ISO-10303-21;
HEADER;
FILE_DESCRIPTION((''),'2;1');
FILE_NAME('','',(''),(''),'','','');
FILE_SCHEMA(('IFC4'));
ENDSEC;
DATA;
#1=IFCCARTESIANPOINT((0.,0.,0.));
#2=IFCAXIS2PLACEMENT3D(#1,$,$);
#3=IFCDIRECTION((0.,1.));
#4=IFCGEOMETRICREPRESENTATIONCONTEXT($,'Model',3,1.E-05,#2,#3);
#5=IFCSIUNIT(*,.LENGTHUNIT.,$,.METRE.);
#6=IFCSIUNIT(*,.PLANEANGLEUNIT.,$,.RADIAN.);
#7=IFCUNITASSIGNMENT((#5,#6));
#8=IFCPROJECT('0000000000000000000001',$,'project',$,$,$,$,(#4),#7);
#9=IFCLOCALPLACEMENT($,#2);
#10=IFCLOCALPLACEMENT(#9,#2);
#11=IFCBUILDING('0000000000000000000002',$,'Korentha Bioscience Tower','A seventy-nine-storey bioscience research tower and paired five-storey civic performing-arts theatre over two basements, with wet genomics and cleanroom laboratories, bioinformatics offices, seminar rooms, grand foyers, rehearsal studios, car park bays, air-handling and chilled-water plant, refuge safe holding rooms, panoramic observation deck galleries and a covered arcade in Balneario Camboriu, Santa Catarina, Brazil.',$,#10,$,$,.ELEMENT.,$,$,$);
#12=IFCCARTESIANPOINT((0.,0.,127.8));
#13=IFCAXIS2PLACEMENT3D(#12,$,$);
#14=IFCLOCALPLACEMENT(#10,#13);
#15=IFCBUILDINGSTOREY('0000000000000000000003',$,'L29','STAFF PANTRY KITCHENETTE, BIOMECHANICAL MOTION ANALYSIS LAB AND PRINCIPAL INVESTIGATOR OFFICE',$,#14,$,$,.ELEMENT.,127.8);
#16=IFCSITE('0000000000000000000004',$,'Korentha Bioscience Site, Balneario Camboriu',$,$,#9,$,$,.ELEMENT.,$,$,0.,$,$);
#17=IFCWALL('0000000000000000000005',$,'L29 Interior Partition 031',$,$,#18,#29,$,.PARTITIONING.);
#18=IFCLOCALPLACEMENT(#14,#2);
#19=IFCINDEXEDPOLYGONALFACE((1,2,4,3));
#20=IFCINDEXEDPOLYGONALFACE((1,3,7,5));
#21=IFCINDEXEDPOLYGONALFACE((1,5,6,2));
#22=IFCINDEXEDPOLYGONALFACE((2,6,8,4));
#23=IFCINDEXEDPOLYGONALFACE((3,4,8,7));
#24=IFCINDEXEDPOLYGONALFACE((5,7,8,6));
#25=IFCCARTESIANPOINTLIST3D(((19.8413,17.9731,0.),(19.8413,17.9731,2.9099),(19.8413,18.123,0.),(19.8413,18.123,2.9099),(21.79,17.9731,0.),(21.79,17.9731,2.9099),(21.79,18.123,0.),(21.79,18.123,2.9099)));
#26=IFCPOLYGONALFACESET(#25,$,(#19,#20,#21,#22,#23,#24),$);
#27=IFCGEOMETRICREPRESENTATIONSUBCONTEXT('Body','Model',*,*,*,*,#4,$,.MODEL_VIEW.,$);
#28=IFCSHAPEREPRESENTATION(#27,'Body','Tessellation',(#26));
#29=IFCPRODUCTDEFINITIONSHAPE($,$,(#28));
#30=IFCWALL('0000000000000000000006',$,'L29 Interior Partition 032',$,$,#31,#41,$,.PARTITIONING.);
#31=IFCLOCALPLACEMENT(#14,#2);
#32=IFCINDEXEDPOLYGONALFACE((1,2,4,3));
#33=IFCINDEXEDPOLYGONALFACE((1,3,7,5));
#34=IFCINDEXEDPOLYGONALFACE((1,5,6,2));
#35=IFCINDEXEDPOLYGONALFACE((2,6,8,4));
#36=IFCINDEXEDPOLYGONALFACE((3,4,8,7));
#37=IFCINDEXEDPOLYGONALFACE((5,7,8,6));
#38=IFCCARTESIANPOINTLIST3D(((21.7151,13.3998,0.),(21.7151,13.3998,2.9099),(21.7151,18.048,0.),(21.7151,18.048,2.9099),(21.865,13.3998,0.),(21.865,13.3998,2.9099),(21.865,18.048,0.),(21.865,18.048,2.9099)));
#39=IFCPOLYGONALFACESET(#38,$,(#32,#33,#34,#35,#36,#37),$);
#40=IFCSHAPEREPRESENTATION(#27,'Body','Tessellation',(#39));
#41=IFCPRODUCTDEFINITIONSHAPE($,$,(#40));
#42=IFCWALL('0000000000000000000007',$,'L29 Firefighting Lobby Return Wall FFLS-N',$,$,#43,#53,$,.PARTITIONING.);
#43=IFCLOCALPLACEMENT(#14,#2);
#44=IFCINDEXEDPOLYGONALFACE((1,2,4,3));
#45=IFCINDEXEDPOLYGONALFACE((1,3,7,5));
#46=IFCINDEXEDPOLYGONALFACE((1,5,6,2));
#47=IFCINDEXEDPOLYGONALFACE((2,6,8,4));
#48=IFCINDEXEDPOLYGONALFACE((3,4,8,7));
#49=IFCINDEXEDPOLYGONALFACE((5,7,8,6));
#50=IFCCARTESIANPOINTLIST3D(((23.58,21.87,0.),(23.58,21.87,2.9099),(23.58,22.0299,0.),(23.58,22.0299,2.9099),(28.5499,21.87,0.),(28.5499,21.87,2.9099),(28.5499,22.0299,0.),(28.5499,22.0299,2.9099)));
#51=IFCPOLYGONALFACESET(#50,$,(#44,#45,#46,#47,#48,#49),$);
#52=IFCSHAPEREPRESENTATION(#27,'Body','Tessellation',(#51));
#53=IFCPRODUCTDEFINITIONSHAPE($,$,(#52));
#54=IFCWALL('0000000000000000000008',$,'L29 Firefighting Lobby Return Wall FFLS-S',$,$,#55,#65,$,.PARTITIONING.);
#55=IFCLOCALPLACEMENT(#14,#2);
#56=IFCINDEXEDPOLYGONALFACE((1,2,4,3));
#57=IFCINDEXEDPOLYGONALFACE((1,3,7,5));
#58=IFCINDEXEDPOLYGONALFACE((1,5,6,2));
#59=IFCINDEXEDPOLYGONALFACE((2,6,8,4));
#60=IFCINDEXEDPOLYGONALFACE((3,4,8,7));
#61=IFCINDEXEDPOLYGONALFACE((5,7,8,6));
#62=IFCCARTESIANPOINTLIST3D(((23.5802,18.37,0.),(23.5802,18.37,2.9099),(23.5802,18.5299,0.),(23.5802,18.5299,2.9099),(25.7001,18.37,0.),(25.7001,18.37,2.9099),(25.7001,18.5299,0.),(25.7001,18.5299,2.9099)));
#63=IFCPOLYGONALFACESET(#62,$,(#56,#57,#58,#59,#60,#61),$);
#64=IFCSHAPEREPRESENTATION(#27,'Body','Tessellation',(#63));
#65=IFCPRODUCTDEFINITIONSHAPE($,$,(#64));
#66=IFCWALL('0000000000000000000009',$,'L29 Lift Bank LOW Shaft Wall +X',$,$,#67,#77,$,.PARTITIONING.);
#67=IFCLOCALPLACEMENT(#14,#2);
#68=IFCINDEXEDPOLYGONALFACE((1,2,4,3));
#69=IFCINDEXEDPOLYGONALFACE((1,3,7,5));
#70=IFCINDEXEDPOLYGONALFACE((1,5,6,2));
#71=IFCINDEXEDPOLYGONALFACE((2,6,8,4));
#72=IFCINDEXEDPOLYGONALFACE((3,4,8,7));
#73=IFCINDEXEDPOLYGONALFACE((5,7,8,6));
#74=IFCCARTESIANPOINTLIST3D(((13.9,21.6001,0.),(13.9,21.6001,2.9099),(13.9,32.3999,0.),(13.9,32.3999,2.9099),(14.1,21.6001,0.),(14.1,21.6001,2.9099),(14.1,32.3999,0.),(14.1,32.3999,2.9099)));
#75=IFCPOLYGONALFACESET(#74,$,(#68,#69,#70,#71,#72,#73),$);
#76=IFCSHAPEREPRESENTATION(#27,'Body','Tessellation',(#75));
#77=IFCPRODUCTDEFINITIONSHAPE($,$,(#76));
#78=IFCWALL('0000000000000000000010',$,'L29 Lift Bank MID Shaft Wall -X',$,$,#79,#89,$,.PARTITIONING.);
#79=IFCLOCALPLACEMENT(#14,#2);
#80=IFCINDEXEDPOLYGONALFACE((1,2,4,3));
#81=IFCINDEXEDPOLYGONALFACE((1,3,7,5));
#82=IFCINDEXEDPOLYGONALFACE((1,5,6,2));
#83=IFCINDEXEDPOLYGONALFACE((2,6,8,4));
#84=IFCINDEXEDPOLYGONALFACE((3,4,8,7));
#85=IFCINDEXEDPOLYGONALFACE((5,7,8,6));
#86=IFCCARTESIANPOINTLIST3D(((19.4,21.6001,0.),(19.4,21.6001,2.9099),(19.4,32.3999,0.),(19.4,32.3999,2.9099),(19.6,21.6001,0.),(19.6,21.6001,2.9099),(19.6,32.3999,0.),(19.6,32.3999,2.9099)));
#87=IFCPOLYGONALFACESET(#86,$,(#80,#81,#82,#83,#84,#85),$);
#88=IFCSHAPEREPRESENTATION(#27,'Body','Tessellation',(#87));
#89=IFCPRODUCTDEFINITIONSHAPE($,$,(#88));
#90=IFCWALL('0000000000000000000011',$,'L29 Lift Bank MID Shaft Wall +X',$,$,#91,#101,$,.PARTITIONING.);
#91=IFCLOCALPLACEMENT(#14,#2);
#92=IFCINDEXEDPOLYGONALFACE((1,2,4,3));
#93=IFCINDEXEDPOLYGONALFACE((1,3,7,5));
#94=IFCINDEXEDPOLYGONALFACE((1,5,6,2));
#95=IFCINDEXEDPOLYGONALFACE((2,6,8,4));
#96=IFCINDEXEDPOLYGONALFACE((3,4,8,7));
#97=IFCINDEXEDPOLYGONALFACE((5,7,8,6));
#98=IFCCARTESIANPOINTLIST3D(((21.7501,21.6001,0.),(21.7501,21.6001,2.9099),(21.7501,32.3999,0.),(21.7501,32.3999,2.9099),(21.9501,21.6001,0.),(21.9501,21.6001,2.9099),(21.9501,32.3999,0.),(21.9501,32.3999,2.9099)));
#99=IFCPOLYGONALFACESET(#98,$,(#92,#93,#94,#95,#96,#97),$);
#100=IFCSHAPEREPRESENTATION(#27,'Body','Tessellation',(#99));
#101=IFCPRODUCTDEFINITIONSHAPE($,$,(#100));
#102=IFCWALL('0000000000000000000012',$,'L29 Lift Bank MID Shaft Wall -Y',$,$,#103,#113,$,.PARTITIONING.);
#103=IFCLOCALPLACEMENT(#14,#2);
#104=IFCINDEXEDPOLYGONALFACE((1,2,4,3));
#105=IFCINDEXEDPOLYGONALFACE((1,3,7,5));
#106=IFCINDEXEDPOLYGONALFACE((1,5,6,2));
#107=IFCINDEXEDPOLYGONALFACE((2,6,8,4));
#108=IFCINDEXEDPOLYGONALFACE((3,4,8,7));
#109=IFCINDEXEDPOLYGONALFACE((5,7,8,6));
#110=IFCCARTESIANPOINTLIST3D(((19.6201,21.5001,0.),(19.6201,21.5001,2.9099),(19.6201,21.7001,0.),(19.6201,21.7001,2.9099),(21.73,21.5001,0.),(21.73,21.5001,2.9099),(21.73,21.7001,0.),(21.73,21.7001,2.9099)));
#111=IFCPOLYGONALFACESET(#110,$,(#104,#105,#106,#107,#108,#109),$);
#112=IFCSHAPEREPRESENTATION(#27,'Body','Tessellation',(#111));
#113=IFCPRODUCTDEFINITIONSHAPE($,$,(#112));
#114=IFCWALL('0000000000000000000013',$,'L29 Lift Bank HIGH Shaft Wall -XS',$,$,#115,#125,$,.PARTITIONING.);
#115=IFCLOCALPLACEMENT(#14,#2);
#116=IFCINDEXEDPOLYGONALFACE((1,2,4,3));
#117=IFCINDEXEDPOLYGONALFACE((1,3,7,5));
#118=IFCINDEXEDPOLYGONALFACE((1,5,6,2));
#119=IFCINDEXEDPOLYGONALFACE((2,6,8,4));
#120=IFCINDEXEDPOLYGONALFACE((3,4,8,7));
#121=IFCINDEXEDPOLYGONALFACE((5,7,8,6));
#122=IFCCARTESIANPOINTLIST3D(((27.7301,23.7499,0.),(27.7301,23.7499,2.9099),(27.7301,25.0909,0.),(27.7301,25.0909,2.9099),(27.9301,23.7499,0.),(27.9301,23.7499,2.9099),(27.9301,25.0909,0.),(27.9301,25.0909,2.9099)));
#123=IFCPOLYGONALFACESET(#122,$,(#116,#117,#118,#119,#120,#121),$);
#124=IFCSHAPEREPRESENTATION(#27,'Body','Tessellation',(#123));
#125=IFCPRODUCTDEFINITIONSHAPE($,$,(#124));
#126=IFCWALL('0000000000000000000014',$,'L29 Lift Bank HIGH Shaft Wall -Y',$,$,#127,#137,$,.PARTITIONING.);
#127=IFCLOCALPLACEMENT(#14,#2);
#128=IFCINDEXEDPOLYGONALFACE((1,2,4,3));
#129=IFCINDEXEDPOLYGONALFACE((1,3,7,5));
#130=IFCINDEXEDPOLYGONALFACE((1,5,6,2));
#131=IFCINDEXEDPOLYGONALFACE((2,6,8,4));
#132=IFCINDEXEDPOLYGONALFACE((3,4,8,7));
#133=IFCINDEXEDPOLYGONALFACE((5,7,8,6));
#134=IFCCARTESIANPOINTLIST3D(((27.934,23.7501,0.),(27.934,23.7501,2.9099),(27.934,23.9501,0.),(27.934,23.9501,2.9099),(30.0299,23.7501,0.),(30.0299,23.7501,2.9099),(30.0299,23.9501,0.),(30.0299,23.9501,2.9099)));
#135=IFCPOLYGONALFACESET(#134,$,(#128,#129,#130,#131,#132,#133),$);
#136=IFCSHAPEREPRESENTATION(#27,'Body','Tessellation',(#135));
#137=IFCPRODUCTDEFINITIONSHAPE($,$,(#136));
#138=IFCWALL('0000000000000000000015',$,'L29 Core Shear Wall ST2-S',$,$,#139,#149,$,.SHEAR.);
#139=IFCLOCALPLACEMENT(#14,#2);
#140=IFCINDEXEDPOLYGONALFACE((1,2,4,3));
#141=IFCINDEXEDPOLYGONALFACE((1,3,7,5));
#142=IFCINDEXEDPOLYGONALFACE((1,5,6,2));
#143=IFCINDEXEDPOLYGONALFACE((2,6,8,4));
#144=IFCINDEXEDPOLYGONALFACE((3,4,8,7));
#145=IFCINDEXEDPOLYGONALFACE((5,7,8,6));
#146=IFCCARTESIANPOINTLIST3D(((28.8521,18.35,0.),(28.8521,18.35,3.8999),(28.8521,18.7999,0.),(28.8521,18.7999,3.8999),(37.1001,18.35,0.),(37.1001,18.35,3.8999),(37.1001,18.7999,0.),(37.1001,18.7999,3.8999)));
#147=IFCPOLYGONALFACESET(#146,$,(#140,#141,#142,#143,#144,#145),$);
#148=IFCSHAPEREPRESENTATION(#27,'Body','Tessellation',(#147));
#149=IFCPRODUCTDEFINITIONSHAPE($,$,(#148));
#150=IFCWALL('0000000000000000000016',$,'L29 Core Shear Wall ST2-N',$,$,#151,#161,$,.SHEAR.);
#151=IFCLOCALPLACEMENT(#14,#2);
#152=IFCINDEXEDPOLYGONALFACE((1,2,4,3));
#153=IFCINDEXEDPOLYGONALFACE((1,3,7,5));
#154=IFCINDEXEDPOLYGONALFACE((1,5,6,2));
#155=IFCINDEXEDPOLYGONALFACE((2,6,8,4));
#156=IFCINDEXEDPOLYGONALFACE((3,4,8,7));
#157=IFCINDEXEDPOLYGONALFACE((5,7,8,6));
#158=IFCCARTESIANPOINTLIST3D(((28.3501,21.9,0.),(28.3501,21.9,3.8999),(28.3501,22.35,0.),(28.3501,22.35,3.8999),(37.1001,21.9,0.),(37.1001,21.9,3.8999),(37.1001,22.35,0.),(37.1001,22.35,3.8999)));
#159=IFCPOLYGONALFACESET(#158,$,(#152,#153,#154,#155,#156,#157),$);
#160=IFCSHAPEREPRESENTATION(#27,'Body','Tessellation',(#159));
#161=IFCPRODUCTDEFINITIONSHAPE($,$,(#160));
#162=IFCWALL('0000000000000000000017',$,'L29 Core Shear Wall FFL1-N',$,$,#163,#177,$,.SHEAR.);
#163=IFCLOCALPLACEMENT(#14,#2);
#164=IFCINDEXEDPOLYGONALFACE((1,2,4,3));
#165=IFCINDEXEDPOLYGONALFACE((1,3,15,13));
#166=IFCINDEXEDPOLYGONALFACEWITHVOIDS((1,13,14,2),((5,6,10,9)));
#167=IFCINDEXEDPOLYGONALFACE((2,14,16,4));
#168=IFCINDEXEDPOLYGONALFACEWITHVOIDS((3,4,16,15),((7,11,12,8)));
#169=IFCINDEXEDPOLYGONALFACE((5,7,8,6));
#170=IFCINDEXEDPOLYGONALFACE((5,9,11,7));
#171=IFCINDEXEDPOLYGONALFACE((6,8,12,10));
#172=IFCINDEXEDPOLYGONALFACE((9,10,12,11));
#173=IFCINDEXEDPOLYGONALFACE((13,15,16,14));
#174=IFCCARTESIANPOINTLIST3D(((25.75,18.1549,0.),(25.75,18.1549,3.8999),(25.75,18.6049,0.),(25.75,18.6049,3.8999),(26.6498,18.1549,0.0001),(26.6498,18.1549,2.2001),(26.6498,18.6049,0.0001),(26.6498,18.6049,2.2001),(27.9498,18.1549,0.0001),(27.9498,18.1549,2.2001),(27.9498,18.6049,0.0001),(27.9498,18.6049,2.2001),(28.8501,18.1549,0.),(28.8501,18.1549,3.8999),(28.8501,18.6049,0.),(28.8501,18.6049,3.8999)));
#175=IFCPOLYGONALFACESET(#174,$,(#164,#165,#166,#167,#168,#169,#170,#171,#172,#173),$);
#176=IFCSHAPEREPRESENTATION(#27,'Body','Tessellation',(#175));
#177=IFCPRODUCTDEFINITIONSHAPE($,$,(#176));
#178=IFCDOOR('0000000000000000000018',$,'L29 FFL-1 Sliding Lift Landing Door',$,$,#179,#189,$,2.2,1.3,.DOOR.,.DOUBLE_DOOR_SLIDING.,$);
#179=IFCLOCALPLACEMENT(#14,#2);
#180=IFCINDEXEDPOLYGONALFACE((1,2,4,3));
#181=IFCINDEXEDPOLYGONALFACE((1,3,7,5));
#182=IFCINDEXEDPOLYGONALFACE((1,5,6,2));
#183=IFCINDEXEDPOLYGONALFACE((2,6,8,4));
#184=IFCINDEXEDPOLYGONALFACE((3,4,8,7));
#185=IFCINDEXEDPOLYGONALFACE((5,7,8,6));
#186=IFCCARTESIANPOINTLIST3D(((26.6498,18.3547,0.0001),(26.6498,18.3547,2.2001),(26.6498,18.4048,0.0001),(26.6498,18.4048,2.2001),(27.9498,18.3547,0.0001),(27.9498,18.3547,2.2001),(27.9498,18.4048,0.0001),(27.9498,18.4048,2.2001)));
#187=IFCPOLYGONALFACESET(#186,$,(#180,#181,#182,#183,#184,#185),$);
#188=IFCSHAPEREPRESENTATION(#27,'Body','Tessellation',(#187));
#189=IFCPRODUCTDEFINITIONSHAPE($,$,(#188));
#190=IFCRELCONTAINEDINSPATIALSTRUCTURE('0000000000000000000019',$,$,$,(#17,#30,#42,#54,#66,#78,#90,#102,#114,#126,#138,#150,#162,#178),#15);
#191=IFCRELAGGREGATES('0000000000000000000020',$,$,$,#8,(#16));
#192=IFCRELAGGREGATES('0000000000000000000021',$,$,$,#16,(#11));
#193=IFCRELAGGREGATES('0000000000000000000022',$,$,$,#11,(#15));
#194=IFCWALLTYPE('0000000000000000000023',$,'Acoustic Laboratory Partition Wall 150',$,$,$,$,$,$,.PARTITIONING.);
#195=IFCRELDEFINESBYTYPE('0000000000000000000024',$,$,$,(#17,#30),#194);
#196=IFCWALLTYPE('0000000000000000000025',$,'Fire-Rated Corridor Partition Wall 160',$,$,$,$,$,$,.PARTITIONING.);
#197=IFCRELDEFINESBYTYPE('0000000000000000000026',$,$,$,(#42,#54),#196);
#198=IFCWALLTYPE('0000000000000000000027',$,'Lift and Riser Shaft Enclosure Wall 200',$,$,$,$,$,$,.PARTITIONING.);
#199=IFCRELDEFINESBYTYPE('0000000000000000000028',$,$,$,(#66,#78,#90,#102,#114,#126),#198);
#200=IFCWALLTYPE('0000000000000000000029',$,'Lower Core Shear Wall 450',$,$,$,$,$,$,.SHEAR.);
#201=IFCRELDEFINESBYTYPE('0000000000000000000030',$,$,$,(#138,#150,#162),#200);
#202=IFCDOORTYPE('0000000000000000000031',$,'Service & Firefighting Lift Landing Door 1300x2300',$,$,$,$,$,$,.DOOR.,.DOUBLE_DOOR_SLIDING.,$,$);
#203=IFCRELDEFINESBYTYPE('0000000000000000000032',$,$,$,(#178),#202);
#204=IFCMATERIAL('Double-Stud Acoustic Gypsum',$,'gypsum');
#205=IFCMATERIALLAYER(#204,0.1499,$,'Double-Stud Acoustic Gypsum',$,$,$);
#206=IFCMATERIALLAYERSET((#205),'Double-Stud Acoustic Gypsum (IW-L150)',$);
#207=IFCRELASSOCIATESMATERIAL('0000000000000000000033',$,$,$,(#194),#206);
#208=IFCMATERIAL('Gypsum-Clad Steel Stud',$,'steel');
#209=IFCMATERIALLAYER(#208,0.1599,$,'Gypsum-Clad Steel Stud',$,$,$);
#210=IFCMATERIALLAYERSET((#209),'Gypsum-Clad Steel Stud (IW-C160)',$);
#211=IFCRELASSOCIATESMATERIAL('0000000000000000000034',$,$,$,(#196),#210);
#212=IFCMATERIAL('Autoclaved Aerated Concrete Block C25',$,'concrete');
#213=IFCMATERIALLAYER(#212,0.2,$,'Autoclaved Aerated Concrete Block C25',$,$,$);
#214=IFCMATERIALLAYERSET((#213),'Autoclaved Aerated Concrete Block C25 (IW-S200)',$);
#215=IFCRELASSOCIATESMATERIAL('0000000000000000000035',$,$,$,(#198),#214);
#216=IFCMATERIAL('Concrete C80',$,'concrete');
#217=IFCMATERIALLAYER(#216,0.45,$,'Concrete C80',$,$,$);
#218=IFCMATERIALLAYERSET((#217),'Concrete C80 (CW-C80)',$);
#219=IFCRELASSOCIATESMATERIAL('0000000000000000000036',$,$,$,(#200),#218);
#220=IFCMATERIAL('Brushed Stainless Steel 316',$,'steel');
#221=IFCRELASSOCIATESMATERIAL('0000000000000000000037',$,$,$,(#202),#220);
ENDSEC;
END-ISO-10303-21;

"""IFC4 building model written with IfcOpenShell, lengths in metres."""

from ifc_helpers import new_model, si_unit, direction, frame, frame_2d, origin, place, context, subcontext, project, spatial, rectangle, extrude, material, layer, layer_set, type_object, element, fill, save


model = new_model("IFC4")

# Units and contexts
model_context = context("Model", 3, precision=1e-05, world=origin(), true_north=direction((0.0, 1.0)))
body_context = subcontext(model_context, "Body", "Model", "MODEL_VIEW")
ifc_project = project(units=[si_unit("LENGTHUNIT", "METRE"), si_unit("PLANEANGLEUNIT", "RADIAN")], contexts=[model_context])

# Site, building, storey
site_placement = place(None, origin())
site = spatial("IfcSite", under=ifc_project, at=site_placement, Name="Korentha Bioscience Site, Balneario Camboriu", CompositionType="ELEMENT", RefElevation=0.0)
building_placement = place(site_placement, origin())
building = spatial("IfcBuilding", under=site, at=building_placement, Name="Korentha Bioscience Tower", Description="A seventy-nine-storey bioscience research tower and paired five-storey civic performing-arts theatre over two basements, with wet genomics and cleanroom laboratories, bioinformatics offices, seminar rooms, grand foyers, rehearsal studios, car park bays, air-handling and chilled-water plant, refuge safe holding rooms, panoramic observation deck galleries and a covered arcade in Balneario Camboriu, Santa Catarina, Brazil.", CompositionType="ELEMENT")
storey_placement = place(building_placement, frame((0.0, 0.0, 127.8)))
storey = spatial("IfcBuildingStorey", under=building, at=storey_placement, Name="L29", Description="STAFF PANTRY KITCHENETTE, BIOMECHANICAL MOTION ANALYSIS LAB AND PRINCIPAL INVESTIGATOR OFFICE", CompositionType="ELEMENT", Elevation=127.8)

# Shared definitions
ifc_material_1 = material(Name="Concrete C80", Category="concrete")

# Walls
ifc_material_2 = material(Name="Double-Stud Acoustic Gypsum", Category="gypsum")
ifc_layer_1 = layer(ifc_material_2, 0.1499, Name="Double-Stud Acoustic Gypsum")
ifc_layer_set_1 = layer_set([ifc_layer_1], Name="Double-Stud Acoustic Gypsum (IW-L150)")
wall_type_1 = type_object("IfcWallType", Name="Acoustic Laboratory Partition Wall 150", PredefinedType="PARTITIONING", material=ifc_layer_set_1)
wall_1_placement = place(storey_placement, frame((19.8413, 18.0481, 0.0), z_axis=(0.0, 0.0, 1.0), x_axis=(1.0, 0.0, 0.0)))
element("IfcWall", 1, at=wall_1_placement, inside=storey, type_object=wall_type_1, Name="L29 Interior Partition 031", PredefinedType="PARTITIONING", context=body_context, shape_type="SweptSolid", body=[
    extrude(rectangle(XDim=1.9487, YDim=0.1499, at=frame_2d((0.9744, 0.0))), origin(), (0.0, 0.0, 1.0), 2.9099),
])
wall_2_placement = place(storey_placement, frame((21.79, 18.0481, 0.0), z_axis=(0.0, 0.0, 1.0), x_axis=(0.0, -1.0, 0.0)))
element("IfcWall", 2, at=wall_2_placement, inside=storey, type_object=wall_type_1, Name="L29 Interior Partition 032", PredefinedType="PARTITIONING", context=body_context, shape_type="SweptSolid", body=[
    extrude(rectangle(XDim=4.6482, YDim=0.1499, at=frame_2d((2.3242, 0.0))), origin(), (0.0, 0.0, 1.0), 2.9099),
])

# Shared definitions
ifc_material_3 = material(Name="Gypsum-Clad Steel Stud", Category="steel")
ifc_layer_2 = layer(ifc_material_3, 0.1599, Name="Gypsum-Clad Steel Stud")
ifc_layer_set_2 = layer_set([ifc_layer_2], Name="Gypsum-Clad Steel Stud (IW-C160)")
wall_type_2 = type_object("IfcWallType", Name="Fire-Rated Corridor Partition Wall 160", PredefinedType="PARTITIONING", material=ifc_layer_set_2)

# Walls
wall_3_placement = place(storey_placement, frame((23.5801, 21.95, 0.0), z_axis=(0.0, 0.0, 1.0), x_axis=(1.0, 0.0, 0.0)))
element("IfcWall", 3, at=wall_3_placement, inside=storey, type_object=wall_type_2, Name="L29 Firefighting Lobby Return Wall FFLS-N", PredefinedType="PARTITIONING", context=body_context, shape_type="SweptSolid", body=[
    extrude(rectangle(XDim=4.97, YDim=0.1599, at=frame_2d((2.4849, 0.0))), origin(), (0.0, 0.0, 1.0), 2.9099),
])
wall_4_placement = place(storey_placement, frame((23.5801, 18.45, 0.0), z_axis=(0.0, 0.0, 1.0), x_axis=(1.0, 0.0, 0.0)))
element("IfcWall", 4, at=wall_4_placement, inside=storey, type_object=wall_type_2, Name="L29 Firefighting Lobby Return Wall FFLS-S", PredefinedType="PARTITIONING", context=body_context, shape_type="SweptSolid", body=[
    extrude(rectangle(XDim=2.1199, YDim=0.1599, at=frame_2d((1.0601, 0.0))), origin(), (0.0, 0.0, 1.0), 2.9099),
])

# Walls
ifc_material_4 = material(Name="Autoclaved Aerated Concrete Block C25", Category="concrete")
ifc_layer_3 = layer(ifc_material_4, 0.2, Name="Autoclaved Aerated Concrete Block C25")
ifc_layer_set_3 = layer_set([ifc_layer_3], Name="Autoclaved Aerated Concrete Block C25 (IW-S200)")
wall_type_3 = type_object("IfcWallType", Name="Lift and Riser Shaft Enclosure Wall 200", PredefinedType="PARTITIONING", material=ifc_layer_set_3)
for number, where, z_axis, x_axis, name in (
    (5, (14.0, 21.6001, 0.0), (0.0, 0.0, 1.0), (0.0, 1.0, 0.0), "L29 Lift Bank LOW Shaft Wall +X"),
    (6, (19.5, 21.6001, 0.0), (0.0, 0.0, 1.0), (0.0, 1.0, 0.0), "L29 Lift Bank MID Shaft Wall -X"),
    (7, (21.8501, 21.6001, 0.0), (0.0, 0.0, 1.0), (0.0, 1.0, 0.0), "L29 Lift Bank MID Shaft Wall +X"),
):
    element("IfcWall", number, at=place(storey_placement, frame(where, z_axis=z_axis, x_axis=x_axis)), inside=storey, type_object=wall_type_3, Name=name, PredefinedType="PARTITIONING", context=body_context, shape_type="SweptSolid", body=[
        extrude(rectangle(XDim=10.7998, YDim=0.2, at=frame_2d((5.3999, 0.0))), origin(), (0.0, 0.0, 1.0), 2.9099),
    ])
wall_5_placement = place(storey_placement, frame((19.6201, 21.6001, 0.0), z_axis=(0.0, 0.0, 1.0), x_axis=(1.0, 0.0, 0.0)))
element("IfcWall", 8, at=wall_5_placement, inside=storey, type_object=wall_type_3, Name="L29 Lift Bank MID Shaft Wall -Y", PredefinedType="PARTITIONING", context=body_context, shape_type="SweptSolid", body=[
    extrude(rectangle(XDim=2.1099, YDim=0.2, at=frame_2d((1.0549, 0.0))), origin(), (0.0, 0.0, 1.0), 2.9099),
])
wall_6_placement = place(storey_placement, frame((27.8301, 23.75, 0.0), z_axis=(0.0, 0.0, 1.0), x_axis=(0.0, 1.0, 0.0)))
element("IfcWall", 9, at=wall_6_placement, inside=storey, type_object=wall_type_3, Name="L29 Lift Bank HIGH Shaft Wall -XS", PredefinedType="PARTITIONING", context=body_context, shape_type="SweptSolid", body=[
    extrude(rectangle(XDim=1.3411, YDim=0.2, at=frame_2d((0.6704, 0.0))), origin(), (0.0, 0.0, 1.0), 2.9099),
])
wall_7_placement = place(storey_placement, frame((27.9341, 23.8501, 0.0), z_axis=(0.0, 0.0, 1.0), x_axis=(1.0, 0.0, 0.0)))
element("IfcWall", 10, at=wall_7_placement, inside=storey, type_object=wall_type_3, Name="L29 Lift Bank HIGH Shaft Wall -Y", PredefinedType="PARTITIONING", context=body_context, shape_type="SweptSolid", body=[
    extrude(rectangle(XDim=2.0959, YDim=0.2, at=frame_2d((1.0479, 0.0))), origin(), (0.0, 0.0, 1.0), 2.9099),
])
ifc_layer_4 = layer(ifc_material_1, 0.45, Name="Concrete C80")
ifc_layer_set_4 = layer_set([ifc_layer_4], Name="Concrete C80 (CW-C80)")
wall_type_4 = type_object("IfcWallType", Name="Lower Core Shear Wall 450", PredefinedType="SHEAR", material=ifc_layer_set_4)
wall_8_placement = place(storey_placement, frame((28.8521, 18.575, 0.0), z_axis=(0.0, 0.0, 1.0), x_axis=(1.0, 0.0, 0.0)))
element("IfcWall", 11, at=wall_8_placement, inside=storey, type_object=wall_type_4, Name="L29 Core Shear Wall ST2-S", PredefinedType="SHEAR", context=body_context, shape_type="SweptSolid", body=[
    extrude(rectangle(XDim=8.248, YDim=0.45, at=frame_2d((4.124, 0.0))), origin(), (0.0, 0.0, 1.0), 3.8999),
])
wall_9_placement = place(storey_placement, frame((28.3501, 22.125, 0.0), z_axis=(0.0, 0.0, 1.0), x_axis=(1.0, 0.0, 0.0)))
element("IfcWall", 12, at=wall_9_placement, inside=storey, type_object=wall_type_4, Name="L29 Core Shear Wall ST2-N", PredefinedType="SHEAR", context=body_context, shape_type="SweptSolid", body=[
    extrude(rectangle(XDim=8.75, YDim=0.45, at=frame_2d((4.375, 0.0))), origin(), (0.0, 0.0, 1.0), 3.8999),
])

# Wall, opening, door
wall_10_placement = place(storey_placement, frame((25.75, 18.3799, 0.0), z_axis=(0.0, 0.0, 1.0), x_axis=(1.0, 0.0, 0.0)))
wall_10 = element("IfcWall", 13, at=wall_10_placement, inside=storey, type_object=wall_type_4, Name="L29 Core Shear Wall FFL1-N", PredefinedType="SHEAR", context=body_context, shape_type="SweptSolid", body=[
    extrude(rectangle(XDim=3.1001, YDim=0.45, at=frame_2d((1.55, 0.0))), origin(), (0.0, 0.0, 1.0), 3.8999),
])
opening_1_placement = place(wall_10_placement, frame((0.8999, 0.0, 0.0)))
opening_1 = element("IfcOpeningElement", 14, at=opening_1_placement, cuts=wall_10, PredefinedType="OPENING", context=body_context, shape_type="SweptSolid", body=[
    extrude(rectangle(XDim=1.3, YDim=2.2, at=frame_2d((0.6499, 1.1001))), frame((0.0, 0.2397, 0.0), z_axis=(0.0, -1.0, 0.0), x_axis=(1.0, 0.0, 0.0)), (0.0, 0.0, 1.0), 0.4797),
])
ifc_material_5 = material(Name="Brushed Stainless Steel 316", Category="steel")
door_type_1 = type_object("IfcDoorType", Name="Service & Firefighting Lift Landing Door 1300x2300", OperationType="DOUBLE_DOOR_SLIDING", PredefinedType="DOOR", material=ifc_material_5)
door_1_placement = place(opening_1_placement, origin())
door_1 = element("IfcDoor", 15, at=door_1_placement, inside=storey, type_object=door_type_1, Name="L29 FFL-1 Sliding Lift Landing Door", OperationType="DOUBLE_DOOR_SLIDING", OverallHeight=2.2, OverallWidth=1.3, PredefinedType="DOOR", context=body_context, shape_type="SweptSolid", body=[
    extrude(rectangle(XDim=1.3, YDim=2.2, at=frame_2d((0.6499, 1.1001))), frame((0.0, 0.0249, 0.0), z_axis=(0.0, -1.0, 0.0), x_axis=(1.0, 0.0, 0.0)), (0.0, 0.0, 1.0), 0.05),
])
fill(opening_1, door_1)

save(model, "model.ifc")
